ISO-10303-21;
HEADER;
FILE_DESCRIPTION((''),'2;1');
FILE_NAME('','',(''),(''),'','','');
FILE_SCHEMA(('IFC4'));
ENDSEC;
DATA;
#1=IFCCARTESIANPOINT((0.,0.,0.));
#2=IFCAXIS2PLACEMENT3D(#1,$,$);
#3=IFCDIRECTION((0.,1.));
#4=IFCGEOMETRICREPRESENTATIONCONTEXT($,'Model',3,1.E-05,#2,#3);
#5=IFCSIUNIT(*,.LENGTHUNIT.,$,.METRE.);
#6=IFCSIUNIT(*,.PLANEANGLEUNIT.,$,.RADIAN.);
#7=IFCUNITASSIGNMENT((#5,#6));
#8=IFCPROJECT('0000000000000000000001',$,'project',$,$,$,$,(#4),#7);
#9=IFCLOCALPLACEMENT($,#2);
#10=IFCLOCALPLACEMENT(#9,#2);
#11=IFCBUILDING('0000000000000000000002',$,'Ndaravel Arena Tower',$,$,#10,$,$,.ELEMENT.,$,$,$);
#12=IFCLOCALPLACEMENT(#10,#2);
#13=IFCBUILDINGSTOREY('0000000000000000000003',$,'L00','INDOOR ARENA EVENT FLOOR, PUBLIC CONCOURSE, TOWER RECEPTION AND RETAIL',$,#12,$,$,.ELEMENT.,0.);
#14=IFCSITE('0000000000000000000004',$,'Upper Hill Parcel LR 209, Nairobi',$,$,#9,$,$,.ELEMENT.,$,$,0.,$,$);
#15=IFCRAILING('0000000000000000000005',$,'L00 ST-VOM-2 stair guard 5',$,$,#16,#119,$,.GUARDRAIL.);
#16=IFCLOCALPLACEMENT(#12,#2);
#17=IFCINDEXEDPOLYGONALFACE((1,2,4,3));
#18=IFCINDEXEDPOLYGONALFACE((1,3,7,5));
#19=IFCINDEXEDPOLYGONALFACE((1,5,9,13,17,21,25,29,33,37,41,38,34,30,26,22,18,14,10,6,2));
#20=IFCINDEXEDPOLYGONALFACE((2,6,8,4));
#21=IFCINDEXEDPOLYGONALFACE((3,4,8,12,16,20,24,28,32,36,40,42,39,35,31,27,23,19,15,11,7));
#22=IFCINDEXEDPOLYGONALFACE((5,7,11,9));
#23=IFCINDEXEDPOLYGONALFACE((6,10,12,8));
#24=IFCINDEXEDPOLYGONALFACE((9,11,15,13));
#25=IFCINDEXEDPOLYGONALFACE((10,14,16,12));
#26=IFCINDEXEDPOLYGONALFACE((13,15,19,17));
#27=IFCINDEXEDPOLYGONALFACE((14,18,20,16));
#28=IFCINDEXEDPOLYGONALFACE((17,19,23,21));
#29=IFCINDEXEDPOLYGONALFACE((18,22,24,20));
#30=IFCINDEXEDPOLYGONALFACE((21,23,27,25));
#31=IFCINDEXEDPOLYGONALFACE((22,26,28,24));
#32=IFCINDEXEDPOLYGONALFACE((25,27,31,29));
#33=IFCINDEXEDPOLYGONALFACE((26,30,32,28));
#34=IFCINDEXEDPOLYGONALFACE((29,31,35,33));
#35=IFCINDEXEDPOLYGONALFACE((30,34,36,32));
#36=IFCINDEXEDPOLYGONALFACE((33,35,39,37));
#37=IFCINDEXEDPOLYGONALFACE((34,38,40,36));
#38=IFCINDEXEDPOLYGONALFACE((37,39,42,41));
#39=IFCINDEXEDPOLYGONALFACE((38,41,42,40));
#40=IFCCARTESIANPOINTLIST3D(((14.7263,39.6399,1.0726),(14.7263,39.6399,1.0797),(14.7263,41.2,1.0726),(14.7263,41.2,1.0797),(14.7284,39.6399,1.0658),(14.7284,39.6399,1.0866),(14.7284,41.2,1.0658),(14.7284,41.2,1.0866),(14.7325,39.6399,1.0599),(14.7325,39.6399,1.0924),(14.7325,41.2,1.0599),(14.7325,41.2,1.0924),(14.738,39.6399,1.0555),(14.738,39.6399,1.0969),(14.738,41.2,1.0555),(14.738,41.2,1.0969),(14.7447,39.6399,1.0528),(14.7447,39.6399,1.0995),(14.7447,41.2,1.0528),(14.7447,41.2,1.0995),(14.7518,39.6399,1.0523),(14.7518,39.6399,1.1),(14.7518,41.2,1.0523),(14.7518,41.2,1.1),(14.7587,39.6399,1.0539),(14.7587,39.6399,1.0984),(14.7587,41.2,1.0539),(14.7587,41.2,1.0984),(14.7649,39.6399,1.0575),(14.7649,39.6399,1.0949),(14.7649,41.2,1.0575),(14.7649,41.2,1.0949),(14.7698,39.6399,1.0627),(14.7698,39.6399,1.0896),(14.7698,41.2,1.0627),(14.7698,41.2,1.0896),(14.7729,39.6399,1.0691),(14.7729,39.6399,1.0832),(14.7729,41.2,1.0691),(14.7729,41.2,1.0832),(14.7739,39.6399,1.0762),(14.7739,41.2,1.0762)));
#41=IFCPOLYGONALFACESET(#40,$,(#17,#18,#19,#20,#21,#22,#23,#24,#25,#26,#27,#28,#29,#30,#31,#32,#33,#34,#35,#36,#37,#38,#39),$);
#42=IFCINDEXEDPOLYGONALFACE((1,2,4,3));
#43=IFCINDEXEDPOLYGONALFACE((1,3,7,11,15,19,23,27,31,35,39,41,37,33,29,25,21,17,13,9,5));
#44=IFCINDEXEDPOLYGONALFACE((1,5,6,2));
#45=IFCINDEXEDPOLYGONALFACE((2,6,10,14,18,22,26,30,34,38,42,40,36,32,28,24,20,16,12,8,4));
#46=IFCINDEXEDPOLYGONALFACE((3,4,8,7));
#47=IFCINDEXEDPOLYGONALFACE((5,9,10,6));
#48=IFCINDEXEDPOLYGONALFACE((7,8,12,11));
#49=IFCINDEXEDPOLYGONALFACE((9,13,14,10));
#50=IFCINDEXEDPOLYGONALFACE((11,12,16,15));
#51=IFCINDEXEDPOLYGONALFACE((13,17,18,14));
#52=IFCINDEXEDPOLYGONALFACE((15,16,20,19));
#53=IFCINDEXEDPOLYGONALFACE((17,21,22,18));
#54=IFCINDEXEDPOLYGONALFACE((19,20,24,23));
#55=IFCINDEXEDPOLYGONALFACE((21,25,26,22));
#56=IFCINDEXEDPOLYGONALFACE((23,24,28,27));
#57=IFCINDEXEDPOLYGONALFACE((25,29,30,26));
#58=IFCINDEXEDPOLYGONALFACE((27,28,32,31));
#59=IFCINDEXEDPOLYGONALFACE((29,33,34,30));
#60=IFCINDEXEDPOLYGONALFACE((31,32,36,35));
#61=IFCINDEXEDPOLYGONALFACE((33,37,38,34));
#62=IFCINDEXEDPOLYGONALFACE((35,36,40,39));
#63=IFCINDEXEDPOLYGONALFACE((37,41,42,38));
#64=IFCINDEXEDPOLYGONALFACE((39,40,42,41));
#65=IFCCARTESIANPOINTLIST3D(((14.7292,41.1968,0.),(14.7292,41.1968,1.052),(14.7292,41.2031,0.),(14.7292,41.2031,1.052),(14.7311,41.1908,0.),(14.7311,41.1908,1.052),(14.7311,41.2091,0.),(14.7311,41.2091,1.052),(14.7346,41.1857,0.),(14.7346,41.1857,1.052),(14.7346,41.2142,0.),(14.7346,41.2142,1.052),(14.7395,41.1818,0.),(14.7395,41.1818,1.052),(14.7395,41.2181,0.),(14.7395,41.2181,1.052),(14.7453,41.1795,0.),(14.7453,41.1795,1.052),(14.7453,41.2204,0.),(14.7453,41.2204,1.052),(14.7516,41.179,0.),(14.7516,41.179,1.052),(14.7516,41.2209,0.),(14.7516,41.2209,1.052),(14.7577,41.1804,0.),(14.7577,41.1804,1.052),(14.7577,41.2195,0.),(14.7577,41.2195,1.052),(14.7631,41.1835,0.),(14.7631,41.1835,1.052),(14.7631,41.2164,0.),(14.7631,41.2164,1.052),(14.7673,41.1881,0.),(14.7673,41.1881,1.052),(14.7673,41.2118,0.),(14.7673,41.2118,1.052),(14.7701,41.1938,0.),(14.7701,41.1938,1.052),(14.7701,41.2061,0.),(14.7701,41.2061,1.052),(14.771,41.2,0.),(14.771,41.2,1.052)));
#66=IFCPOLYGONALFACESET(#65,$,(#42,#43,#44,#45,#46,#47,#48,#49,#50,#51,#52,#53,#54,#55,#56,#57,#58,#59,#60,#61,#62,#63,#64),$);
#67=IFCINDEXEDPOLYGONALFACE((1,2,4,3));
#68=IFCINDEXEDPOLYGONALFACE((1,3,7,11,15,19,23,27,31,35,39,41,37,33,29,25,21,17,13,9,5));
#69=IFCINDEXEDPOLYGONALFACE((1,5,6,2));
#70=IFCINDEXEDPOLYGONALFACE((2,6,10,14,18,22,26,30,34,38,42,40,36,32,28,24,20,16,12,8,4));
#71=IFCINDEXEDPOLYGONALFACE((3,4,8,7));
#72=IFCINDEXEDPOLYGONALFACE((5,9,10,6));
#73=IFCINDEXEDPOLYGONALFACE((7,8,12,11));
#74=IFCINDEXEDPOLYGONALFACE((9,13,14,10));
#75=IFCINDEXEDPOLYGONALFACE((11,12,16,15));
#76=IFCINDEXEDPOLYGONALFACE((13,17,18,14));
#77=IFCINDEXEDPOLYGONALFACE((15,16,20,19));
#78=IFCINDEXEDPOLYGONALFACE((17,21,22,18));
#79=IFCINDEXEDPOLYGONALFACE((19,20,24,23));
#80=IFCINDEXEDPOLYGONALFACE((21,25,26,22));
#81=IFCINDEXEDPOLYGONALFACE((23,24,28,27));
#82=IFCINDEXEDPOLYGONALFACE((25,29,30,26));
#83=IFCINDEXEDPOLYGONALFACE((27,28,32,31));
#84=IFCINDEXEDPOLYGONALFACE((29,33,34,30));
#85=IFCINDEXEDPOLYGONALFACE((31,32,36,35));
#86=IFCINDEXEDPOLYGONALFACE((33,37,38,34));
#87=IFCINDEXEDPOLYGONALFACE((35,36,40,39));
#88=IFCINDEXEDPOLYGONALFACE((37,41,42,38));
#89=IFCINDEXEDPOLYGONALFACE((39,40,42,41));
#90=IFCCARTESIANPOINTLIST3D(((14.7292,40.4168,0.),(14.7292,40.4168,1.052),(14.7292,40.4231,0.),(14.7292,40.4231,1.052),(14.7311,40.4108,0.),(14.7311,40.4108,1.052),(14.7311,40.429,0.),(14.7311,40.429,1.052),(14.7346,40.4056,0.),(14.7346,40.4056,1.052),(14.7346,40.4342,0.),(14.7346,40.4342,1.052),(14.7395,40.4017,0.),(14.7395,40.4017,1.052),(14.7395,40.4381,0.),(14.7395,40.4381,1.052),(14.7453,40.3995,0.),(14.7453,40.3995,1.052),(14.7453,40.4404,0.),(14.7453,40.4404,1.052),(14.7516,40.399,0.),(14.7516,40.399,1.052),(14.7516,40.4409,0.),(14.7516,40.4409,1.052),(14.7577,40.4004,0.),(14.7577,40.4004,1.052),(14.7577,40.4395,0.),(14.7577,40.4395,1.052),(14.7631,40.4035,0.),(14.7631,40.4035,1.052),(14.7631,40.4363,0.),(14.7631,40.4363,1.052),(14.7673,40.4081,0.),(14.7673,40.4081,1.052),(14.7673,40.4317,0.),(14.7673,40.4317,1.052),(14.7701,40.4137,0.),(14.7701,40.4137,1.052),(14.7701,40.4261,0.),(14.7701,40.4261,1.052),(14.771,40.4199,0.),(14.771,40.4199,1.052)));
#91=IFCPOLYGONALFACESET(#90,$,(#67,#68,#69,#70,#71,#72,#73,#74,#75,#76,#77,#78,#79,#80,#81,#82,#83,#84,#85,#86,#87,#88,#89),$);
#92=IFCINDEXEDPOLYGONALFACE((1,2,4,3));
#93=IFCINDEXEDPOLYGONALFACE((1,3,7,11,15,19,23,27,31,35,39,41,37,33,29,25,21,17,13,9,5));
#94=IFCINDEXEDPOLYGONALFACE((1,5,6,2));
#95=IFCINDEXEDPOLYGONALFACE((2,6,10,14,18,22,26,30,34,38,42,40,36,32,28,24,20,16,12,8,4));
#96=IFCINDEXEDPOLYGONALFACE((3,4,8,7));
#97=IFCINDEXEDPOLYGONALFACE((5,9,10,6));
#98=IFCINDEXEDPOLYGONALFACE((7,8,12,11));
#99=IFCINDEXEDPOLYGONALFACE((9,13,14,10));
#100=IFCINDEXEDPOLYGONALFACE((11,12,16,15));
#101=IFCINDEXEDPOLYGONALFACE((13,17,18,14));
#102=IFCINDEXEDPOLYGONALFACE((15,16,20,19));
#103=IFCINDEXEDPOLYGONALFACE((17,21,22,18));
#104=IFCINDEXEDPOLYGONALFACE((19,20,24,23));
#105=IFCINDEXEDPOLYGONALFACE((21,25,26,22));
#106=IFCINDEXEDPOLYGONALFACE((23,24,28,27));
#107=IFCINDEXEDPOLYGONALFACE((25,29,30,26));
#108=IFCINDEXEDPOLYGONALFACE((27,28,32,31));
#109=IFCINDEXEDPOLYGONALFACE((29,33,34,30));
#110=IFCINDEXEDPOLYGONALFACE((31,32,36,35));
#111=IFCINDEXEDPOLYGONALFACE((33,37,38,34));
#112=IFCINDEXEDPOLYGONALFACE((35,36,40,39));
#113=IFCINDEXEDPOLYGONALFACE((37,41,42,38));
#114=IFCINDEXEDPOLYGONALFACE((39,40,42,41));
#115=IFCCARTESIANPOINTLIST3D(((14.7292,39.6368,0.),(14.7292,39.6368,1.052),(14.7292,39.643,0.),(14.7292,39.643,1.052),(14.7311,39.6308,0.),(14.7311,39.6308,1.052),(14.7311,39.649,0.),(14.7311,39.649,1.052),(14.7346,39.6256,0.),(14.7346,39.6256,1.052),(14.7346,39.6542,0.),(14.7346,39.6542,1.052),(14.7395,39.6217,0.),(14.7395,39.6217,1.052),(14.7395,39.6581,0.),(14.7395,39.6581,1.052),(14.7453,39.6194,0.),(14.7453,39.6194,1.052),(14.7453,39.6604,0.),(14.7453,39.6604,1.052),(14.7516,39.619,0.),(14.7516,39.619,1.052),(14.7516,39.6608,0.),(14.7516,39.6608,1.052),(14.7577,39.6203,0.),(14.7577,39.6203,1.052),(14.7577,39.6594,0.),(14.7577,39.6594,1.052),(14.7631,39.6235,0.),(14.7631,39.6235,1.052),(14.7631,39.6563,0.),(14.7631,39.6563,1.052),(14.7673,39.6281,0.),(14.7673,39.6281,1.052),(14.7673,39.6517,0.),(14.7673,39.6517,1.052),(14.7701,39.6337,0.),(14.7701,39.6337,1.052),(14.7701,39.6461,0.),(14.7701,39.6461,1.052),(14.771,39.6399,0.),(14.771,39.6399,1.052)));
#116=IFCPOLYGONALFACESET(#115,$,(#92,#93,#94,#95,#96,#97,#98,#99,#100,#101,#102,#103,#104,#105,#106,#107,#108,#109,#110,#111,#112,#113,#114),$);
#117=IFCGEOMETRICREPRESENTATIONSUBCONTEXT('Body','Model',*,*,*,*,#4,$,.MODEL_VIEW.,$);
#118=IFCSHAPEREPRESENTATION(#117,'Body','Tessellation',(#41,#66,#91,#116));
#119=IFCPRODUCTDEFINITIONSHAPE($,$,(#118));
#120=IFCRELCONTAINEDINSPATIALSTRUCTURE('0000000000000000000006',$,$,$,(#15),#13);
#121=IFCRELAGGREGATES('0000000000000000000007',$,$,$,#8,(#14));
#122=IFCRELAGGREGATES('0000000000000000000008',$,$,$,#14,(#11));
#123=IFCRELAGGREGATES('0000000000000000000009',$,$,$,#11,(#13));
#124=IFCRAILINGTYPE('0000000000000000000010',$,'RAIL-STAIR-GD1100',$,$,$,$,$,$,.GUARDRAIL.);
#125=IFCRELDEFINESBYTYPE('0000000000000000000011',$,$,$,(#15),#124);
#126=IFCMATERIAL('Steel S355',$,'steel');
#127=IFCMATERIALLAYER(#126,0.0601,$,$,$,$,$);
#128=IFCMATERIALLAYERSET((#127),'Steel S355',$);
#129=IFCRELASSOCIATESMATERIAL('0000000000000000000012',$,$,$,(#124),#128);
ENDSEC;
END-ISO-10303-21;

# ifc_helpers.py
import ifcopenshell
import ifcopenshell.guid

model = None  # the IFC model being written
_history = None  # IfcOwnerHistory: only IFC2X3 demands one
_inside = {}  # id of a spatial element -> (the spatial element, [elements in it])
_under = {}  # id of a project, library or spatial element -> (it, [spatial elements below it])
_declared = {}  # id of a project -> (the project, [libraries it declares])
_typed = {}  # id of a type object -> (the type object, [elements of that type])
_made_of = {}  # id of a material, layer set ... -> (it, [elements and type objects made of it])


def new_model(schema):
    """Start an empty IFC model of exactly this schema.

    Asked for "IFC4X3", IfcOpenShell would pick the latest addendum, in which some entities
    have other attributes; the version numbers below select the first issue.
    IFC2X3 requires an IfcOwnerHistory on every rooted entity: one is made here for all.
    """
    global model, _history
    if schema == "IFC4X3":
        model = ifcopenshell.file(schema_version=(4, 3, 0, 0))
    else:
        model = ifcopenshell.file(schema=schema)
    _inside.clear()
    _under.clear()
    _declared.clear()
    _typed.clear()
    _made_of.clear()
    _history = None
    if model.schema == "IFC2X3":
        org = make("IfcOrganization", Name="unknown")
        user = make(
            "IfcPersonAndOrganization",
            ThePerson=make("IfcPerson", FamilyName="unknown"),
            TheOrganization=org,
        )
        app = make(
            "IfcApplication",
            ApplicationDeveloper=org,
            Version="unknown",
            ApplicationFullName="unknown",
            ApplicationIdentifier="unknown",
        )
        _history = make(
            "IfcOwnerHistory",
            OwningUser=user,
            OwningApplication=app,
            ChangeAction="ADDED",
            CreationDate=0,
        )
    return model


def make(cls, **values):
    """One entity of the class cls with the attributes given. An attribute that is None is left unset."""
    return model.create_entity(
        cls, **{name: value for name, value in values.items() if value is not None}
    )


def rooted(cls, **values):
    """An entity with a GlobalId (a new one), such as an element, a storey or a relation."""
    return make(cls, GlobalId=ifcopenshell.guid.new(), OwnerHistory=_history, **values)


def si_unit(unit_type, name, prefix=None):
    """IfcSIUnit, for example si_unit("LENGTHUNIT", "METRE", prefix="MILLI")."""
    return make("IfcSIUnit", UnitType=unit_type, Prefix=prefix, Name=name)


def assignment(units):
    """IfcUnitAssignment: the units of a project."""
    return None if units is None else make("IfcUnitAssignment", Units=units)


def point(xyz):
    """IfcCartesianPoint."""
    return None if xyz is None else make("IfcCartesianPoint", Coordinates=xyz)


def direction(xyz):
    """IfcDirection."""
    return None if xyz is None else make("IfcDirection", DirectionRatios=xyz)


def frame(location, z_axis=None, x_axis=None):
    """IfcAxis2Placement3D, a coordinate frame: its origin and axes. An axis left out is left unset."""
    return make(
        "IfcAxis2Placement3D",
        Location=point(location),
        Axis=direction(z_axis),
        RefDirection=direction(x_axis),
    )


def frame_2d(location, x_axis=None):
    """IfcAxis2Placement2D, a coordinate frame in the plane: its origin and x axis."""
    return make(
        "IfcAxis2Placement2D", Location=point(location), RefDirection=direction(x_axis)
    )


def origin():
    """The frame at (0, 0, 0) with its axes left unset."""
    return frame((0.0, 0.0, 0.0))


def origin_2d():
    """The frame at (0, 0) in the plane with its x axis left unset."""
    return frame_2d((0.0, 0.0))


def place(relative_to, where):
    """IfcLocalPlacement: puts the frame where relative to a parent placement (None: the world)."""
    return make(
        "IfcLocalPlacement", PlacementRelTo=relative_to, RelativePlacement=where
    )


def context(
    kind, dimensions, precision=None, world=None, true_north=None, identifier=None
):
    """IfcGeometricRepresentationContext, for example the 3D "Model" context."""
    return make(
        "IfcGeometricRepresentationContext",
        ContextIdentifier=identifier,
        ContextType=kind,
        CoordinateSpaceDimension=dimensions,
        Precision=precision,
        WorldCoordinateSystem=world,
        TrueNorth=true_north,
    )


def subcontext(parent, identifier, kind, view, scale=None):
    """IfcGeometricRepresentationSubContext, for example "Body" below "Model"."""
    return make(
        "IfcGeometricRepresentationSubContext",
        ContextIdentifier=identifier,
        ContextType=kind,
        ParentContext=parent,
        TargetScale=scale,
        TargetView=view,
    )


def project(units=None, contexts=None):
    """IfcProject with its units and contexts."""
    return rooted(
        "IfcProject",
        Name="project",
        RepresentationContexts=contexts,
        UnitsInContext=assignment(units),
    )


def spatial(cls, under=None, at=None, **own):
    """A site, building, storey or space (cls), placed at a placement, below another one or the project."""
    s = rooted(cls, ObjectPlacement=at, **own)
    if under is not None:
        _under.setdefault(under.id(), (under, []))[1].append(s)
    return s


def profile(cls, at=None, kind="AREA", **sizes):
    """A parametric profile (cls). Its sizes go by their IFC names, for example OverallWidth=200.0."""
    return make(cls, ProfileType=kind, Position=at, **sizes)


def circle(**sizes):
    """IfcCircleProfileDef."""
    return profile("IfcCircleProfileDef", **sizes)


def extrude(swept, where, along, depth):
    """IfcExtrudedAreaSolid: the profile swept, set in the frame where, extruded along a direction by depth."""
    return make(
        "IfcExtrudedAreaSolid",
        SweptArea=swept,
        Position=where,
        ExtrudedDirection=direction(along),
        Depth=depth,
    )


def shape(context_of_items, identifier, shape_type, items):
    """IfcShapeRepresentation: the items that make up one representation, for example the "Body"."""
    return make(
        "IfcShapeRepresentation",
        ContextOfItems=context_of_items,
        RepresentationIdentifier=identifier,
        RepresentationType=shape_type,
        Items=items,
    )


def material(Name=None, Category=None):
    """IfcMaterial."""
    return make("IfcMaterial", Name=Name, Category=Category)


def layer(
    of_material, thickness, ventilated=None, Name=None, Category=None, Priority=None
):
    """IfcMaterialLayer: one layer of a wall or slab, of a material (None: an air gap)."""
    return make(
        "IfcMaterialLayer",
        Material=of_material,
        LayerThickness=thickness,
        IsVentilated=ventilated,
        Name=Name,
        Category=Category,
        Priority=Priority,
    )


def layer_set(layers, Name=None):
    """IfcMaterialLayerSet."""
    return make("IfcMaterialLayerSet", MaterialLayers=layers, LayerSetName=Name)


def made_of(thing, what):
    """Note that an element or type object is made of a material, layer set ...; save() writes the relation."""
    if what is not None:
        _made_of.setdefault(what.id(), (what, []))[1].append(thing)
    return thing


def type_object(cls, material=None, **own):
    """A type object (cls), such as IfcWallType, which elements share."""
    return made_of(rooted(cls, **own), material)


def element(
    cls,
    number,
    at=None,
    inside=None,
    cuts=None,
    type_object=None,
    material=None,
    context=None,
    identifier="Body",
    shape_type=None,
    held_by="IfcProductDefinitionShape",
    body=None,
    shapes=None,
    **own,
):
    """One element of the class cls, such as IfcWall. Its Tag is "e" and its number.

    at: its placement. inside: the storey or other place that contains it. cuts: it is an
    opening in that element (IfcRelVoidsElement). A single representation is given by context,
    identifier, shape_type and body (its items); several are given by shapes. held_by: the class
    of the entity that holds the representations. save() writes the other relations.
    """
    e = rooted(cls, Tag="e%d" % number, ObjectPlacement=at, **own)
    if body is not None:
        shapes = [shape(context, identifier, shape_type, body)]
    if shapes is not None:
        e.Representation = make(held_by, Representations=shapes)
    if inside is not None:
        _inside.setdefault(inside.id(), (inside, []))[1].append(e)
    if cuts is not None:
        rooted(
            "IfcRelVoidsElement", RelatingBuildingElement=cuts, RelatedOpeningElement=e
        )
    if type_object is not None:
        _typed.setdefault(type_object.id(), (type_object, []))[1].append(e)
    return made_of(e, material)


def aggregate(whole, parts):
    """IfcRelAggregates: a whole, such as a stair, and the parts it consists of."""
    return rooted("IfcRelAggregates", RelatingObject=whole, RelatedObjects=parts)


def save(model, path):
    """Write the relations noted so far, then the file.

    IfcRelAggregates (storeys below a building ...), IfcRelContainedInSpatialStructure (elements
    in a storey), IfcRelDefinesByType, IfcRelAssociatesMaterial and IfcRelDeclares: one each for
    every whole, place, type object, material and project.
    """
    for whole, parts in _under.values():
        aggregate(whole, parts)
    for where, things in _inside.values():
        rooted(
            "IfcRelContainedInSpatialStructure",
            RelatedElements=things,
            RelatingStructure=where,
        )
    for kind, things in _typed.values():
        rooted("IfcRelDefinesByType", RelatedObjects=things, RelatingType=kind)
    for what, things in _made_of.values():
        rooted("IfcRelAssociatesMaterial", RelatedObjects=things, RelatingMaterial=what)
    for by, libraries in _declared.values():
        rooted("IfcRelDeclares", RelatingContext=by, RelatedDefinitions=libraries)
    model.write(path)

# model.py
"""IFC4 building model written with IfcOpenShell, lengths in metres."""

from ifc_helpers import new_model, si_unit, direction, frame, origin, origin_2d, place, context, subcontext, project, spatial, circle, extrude, material, layer, layer_set, type_object, element, save


model = new_model("IFC4")

# Units and contexts
model_context = context("Model", 3, precision=1e-05, world=origin(), true_north=direction((0.0, 1.0)))
body_context = subcontext(model_context, "Body", "Model", "MODEL_VIEW")
ifc_project = project(units=[si_unit("LENGTHUNIT", "METRE"), si_unit("PLANEANGLEUNIT", "RADIAN")], contexts=[model_context])

# Site, building, storey
site_placement = place(None, origin())
site = spatial("IfcSite", under=ifc_project, at=site_placement, Name="Upper Hill Parcel LR 209, Nairobi", CompositionType="ELEMENT", RefElevation=0.0)
building_placement = place(site_placement, origin())
building = spatial("IfcBuilding", under=site, at=building_placement, Name="Ndaravel Arena Tower", CompositionType="ELEMENT")
storey_placement = place(building_placement, origin())
storey = spatial("IfcBuildingStorey", under=building, at=storey_placement, Name="L00", Description="INDOOR ARENA EVENT FLOOR, PUBLIC CONCOURSE, TOWER RECEPTION AND RETAIL", CompositionType="ELEMENT", Elevation=0.0)

# Railing
ifc_material_1 = material(Name="Steel S355", Category="steel")
ifc_layer_1 = layer(ifc_material_1, 0.0601)
ifc_layer_set_1 = layer_set([ifc_layer_1], Name="Steel S355")
railing_type_1 = type_object("IfcRailingType", Name="RAIL-STAIR-GD1100", PredefinedType="GUARDRAIL", material=ifc_layer_set_1)
railing_1_placement = place(storey_placement, frame((14.75, 41.2, 0.0)))
element("IfcRailing", 1, at=railing_1_placement, inside=storey, type_object=railing_type_1, Name="L00 ST-VOM-2 stair guard 5", PredefinedType="GUARDRAIL", context=body_context, shape_type="SweptSolid", body=[
    extrude(circle(Radius=0.0239, at=origin_2d()), frame((0.0, 0.0, 1.0762), z_axis=(0.0, -1.0, 0.0), x_axis=(1.0, 0.0, 0.0)), (0.0, 0.0, 1.0), 1.5601),
    extrude(circle(Radius=0.021, at=origin_2d()), origin(), (0.0, 0.0, 1.0), 1.052),
    extrude(circle(Radius=0.021, at=origin_2d()), frame((0.0, -0.78, 0.0)), (0.0, 0.0, 1.0), 1.052),
    extrude(circle(Radius=0.021, at=origin_2d()), frame((0.0, -1.5601, 0.0)), (0.0, 0.0, 1.0), 1.052),
])

save(model, "model.ifc")
